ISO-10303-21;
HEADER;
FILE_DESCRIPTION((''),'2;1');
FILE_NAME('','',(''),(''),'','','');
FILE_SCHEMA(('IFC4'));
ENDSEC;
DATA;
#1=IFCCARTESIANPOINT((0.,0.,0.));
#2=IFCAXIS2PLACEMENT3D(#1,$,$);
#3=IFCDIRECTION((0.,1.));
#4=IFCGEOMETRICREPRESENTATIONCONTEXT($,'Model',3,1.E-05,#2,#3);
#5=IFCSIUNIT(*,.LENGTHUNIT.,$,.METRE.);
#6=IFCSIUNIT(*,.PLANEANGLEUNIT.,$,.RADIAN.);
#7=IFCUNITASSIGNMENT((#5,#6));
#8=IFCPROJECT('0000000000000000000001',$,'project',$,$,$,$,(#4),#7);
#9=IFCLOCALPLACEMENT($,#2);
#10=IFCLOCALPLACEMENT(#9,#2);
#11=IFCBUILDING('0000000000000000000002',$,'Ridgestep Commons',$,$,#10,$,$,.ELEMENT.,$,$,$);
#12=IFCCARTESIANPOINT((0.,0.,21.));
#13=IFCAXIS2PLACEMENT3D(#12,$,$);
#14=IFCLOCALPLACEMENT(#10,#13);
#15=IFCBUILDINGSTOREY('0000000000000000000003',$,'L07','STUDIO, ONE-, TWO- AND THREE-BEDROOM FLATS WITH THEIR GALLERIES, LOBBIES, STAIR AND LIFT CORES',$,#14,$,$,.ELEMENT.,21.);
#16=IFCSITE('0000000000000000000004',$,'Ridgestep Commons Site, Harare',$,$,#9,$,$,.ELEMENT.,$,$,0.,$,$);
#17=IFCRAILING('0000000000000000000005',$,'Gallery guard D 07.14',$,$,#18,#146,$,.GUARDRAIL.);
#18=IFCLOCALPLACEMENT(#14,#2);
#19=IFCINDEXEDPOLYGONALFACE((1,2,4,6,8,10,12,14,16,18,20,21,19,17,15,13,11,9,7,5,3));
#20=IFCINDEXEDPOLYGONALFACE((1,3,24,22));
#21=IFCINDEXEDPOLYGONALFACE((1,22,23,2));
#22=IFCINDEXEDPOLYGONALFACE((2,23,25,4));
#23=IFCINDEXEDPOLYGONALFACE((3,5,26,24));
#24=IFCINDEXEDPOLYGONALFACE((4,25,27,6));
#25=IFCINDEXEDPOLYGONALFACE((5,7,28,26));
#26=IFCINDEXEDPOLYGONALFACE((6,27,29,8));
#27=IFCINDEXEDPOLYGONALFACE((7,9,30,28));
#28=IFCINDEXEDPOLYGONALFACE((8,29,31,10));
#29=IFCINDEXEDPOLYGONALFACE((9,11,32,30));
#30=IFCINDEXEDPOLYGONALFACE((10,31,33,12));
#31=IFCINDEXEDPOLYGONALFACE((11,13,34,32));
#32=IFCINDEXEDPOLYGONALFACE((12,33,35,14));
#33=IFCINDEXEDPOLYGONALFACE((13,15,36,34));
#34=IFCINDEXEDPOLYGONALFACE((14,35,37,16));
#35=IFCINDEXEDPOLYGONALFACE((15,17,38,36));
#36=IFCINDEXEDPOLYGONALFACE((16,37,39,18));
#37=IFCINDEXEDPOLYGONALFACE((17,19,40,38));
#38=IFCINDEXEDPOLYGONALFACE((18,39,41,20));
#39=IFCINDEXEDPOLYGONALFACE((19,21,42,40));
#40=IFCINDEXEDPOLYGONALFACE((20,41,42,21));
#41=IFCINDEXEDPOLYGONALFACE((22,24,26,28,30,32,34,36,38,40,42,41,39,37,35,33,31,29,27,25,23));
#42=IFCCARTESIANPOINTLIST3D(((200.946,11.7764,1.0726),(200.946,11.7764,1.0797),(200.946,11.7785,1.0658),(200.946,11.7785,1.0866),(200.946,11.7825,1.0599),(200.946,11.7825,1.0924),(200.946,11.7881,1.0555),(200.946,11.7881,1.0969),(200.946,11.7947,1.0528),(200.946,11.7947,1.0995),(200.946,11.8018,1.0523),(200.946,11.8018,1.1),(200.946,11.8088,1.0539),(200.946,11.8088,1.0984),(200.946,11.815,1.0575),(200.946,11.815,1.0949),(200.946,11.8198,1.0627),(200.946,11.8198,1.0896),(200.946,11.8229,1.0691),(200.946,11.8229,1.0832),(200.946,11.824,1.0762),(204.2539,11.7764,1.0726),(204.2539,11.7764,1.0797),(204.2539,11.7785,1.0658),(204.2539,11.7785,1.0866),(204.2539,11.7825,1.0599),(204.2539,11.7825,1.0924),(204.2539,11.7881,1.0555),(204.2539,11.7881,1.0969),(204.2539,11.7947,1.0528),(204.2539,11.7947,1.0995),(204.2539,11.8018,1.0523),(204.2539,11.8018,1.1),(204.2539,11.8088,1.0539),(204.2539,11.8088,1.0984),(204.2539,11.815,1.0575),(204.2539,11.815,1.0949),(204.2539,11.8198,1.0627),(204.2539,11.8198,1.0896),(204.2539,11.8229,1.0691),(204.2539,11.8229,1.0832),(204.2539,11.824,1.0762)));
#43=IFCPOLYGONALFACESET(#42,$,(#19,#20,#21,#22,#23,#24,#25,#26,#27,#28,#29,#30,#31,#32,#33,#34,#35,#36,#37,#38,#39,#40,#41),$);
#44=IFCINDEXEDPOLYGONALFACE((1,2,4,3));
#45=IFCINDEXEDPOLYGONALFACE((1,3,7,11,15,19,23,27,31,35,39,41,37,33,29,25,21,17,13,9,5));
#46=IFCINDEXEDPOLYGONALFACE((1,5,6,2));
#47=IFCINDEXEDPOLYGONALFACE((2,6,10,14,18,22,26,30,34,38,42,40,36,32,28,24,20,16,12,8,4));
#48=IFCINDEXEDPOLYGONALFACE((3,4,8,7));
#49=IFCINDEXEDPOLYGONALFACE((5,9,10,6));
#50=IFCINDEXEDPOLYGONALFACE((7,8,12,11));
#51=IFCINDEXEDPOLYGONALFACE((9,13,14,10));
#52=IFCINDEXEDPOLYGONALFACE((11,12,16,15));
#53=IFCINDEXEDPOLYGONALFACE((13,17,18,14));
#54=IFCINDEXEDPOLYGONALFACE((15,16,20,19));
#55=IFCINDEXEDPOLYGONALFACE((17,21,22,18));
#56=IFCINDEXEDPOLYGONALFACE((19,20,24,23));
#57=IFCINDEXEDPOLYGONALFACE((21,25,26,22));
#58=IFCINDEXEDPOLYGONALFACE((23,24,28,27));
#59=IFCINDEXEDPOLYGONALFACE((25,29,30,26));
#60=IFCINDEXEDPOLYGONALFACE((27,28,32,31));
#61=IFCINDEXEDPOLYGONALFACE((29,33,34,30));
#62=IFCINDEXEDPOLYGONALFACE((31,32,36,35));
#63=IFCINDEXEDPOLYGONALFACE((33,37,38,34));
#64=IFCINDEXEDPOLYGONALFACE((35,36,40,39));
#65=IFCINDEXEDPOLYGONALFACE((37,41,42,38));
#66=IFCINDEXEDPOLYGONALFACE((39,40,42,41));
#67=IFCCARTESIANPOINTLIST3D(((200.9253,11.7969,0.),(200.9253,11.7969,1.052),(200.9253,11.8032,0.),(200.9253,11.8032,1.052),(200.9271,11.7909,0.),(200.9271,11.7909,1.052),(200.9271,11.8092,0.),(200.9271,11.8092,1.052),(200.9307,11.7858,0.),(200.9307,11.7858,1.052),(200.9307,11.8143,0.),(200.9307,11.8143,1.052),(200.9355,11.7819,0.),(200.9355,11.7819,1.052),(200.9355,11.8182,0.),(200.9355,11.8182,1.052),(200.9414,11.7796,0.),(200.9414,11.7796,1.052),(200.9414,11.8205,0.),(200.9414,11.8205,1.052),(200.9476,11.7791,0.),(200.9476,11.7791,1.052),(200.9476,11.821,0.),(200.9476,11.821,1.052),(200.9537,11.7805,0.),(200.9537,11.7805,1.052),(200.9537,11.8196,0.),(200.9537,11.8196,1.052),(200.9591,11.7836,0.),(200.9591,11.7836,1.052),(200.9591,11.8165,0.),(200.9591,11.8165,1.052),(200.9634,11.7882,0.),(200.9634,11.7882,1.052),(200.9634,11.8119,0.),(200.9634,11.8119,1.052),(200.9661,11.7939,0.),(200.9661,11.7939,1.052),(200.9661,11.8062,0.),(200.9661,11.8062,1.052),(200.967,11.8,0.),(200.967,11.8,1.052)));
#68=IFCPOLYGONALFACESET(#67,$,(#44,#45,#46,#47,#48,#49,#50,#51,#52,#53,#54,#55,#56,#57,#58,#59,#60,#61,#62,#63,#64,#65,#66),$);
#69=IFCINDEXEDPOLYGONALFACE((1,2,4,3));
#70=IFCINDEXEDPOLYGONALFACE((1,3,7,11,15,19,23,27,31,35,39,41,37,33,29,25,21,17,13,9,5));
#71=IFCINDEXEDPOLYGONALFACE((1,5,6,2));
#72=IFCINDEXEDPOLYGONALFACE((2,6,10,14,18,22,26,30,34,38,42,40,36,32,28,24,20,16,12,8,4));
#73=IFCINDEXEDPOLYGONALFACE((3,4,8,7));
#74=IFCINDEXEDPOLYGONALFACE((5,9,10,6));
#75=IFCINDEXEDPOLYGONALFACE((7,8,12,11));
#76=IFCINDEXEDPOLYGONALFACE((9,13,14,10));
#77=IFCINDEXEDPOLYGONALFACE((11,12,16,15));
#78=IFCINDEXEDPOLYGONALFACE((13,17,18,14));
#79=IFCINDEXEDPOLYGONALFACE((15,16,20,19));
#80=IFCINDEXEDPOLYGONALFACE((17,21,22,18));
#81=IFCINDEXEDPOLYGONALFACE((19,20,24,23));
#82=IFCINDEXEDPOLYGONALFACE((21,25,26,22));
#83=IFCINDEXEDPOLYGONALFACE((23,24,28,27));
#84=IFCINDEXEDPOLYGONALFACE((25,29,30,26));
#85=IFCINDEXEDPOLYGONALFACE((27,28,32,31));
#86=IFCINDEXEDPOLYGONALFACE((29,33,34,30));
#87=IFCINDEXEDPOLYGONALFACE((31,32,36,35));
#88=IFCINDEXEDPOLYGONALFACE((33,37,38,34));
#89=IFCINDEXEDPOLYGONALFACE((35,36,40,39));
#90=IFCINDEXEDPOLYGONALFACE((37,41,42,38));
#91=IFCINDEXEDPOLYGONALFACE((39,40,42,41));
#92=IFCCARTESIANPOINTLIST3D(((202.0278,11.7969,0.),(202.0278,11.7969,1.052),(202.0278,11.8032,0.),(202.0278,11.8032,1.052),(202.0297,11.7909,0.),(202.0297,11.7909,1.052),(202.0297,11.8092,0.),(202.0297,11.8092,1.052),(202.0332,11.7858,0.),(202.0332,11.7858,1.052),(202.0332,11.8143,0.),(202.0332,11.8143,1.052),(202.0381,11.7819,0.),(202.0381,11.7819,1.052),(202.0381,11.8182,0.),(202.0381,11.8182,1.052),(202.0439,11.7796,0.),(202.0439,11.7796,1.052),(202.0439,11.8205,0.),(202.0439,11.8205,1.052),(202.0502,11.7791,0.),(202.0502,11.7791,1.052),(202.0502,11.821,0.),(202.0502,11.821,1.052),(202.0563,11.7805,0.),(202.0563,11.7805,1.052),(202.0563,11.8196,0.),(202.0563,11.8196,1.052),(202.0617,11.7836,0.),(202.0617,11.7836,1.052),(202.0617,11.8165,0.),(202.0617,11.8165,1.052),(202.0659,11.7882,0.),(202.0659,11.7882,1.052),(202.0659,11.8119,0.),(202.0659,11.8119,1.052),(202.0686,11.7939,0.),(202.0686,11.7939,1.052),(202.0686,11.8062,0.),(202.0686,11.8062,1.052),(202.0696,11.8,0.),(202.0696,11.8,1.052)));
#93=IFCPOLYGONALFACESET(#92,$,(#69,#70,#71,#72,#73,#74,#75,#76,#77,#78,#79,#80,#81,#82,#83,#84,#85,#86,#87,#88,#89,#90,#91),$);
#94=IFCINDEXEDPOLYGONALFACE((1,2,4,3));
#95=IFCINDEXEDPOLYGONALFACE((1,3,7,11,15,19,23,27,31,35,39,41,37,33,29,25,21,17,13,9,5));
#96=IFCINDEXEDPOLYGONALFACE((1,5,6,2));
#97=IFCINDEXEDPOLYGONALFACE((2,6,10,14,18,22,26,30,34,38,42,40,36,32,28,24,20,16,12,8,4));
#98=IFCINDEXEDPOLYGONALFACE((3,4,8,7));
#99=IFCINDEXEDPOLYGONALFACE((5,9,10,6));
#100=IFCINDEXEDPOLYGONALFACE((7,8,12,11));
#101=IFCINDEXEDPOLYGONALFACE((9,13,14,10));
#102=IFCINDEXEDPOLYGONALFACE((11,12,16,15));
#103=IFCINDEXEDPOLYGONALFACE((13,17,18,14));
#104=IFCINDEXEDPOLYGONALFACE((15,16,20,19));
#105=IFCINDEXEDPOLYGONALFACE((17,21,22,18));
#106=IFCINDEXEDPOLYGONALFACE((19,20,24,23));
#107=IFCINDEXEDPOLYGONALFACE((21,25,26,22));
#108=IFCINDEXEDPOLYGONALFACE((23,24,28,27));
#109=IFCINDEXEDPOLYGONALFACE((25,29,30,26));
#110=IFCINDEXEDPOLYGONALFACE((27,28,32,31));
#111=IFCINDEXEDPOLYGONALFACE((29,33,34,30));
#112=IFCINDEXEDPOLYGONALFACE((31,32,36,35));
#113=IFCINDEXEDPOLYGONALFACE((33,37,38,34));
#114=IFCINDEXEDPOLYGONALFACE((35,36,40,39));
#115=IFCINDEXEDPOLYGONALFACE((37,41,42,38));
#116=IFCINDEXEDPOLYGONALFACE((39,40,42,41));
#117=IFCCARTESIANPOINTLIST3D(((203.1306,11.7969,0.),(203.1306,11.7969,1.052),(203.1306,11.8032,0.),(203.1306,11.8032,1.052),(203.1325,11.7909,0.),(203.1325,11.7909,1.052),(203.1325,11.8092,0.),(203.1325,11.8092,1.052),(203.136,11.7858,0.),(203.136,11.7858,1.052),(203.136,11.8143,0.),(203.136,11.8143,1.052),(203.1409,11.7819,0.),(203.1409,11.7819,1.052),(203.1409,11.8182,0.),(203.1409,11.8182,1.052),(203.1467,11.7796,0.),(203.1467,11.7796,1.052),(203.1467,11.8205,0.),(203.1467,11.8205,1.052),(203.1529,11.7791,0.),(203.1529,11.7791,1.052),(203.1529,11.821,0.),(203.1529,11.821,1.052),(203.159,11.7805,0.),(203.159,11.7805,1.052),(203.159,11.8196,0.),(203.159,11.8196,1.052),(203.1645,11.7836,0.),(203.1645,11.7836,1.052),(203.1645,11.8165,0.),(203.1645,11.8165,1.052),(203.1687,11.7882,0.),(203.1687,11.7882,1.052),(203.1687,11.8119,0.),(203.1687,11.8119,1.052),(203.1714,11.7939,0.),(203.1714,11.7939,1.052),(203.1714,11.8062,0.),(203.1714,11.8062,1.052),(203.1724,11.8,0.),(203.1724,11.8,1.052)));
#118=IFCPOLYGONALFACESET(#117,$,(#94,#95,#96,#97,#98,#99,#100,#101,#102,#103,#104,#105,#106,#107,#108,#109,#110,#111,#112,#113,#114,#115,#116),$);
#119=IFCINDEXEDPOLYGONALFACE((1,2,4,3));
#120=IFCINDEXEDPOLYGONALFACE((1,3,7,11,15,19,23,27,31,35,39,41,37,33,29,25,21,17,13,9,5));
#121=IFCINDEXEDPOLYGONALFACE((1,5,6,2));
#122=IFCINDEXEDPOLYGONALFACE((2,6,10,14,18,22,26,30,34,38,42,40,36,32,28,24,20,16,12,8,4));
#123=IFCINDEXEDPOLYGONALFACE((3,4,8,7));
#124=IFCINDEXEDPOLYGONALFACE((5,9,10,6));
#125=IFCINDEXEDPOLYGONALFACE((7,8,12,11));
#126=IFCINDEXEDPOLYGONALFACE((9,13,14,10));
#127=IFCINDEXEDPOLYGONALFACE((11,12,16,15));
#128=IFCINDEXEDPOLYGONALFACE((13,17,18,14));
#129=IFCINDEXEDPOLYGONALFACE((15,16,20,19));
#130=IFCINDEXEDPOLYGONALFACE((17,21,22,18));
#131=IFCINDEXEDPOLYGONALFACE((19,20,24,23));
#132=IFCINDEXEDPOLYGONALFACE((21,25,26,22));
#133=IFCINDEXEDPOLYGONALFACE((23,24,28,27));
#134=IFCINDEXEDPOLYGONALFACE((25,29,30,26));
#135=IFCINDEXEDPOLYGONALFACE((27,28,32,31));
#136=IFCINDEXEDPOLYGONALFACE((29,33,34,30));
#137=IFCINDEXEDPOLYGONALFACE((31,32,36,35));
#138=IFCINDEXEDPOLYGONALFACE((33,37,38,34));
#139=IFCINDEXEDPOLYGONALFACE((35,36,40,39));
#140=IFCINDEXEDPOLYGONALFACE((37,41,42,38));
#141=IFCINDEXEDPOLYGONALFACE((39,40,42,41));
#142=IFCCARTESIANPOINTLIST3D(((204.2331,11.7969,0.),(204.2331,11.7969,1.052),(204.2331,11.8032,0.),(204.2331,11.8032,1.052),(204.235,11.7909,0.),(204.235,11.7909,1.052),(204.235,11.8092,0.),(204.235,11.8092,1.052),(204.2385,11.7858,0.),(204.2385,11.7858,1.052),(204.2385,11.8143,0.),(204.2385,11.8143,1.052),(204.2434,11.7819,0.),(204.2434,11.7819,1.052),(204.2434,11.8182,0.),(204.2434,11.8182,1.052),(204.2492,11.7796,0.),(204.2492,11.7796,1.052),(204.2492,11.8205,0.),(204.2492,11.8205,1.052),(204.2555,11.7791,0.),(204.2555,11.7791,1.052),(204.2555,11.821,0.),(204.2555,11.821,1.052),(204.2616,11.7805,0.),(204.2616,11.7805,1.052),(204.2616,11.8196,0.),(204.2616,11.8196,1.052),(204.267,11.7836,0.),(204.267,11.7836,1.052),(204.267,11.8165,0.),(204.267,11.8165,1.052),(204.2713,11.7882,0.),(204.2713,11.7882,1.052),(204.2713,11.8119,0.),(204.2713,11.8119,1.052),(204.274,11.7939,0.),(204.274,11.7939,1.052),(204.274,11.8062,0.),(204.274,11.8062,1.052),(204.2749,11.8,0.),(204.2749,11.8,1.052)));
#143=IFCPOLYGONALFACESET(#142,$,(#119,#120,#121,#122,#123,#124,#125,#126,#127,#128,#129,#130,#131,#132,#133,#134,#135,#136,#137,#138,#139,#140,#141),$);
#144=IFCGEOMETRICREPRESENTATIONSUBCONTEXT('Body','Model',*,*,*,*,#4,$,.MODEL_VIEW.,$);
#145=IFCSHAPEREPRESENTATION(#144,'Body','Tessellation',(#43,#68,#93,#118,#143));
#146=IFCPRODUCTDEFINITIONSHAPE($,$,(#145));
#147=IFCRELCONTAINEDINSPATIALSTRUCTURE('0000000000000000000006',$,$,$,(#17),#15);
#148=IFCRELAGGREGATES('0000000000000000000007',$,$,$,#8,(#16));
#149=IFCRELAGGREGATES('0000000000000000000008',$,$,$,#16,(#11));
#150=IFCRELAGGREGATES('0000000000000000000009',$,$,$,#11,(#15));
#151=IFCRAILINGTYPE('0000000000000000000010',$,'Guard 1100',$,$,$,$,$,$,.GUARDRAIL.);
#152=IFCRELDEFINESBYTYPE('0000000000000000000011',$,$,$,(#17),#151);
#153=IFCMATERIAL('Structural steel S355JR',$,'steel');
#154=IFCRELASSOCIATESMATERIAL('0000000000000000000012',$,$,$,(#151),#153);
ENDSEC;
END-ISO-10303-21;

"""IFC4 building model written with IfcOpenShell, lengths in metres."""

from ifc_helpers import new_model, si_unit, direction, frame, origin, origin_2d, place, context, subcontext, project, spatial, circle, extrude, material, type_object, element, save


model = new_model("IFC4")

# Units and contexts
model_context = context("Model", 3, precision=1e-05, world=origin(), true_north=direction((0.0, 1.0)))
body_context = subcontext(model_context, "Body", "Model", "MODEL_VIEW")
ifc_project = project(units=[si_unit("LENGTHUNIT", "METRE"), si_unit("PLANEANGLEUNIT", "RADIAN")], contexts=[model_context])

# Site, building, storey
site_placement = place(None, origin())
site = spatial("IfcSite", under=ifc_project, at=site_placement, Name="Ridgestep Commons Site, Harare", CompositionType="ELEMENT", RefElevation=0.0)
building_placement = place(site_placement, origin())
building = spatial("IfcBuilding", under=site, at=building_placement, Name="Ridgestep Commons", CompositionType="ELEMENT")
storey_placement = place(building_placement, frame((0.0, 0.0, 21.0)))
storey = spatial("IfcBuildingStorey", under=building, at=storey_placement, Name="L07", Description="STUDIO, ONE-, TWO- AND THREE-BEDROOM FLATS WITH THEIR GALLERIES, LOBBIES, STAIR AND LIFT CORES", CompositionType="ELEMENT", Elevation=21.0)

# Railing
ifc_material_1 = material(Name="Structural steel S355JR", Category="steel")
railing_type = type_object("IfcRailingType", Name="Guard 1100", PredefinedType="GUARDRAIL", material=ifc_material_1)
railing_1_placement = place(storey_placement, frame((200.946, 11.8, 0.0)))
element("IfcRailing", 1, at=railing_1_placement, inside=storey, type_object=railing_type, Name="Gallery guard D 07.14", PredefinedType="GUARDRAIL", context=body_context, shape_type="SweptSolid", body=[
    extrude(circle(Radius=0.0239, at=origin_2d()), frame((0.0, 0.0, 1.0762), z_axis=(1.0, 0.0, 0.0), x_axis=(0.0, 1.0, 0.0)), (0.0, 0.0, 1.0), 3.3079),
    extrude(circle(Radius=0.021, at=origin_2d()), origin(), (0.0, 0.0, 1.0), 1.052),
    extrude(circle(Radius=0.021, at=origin_2d()), frame((1.1025, 0.0, 0.0)), (0.0, 0.0, 1.0), 1.052),
    extrude(circle(Radius=0.021, at=origin_2d()), frame((2.2053, 0.0, 0.0)), (0.0, 0.0, 1.0), 1.052),
    extrude(circle(Radius=0.021, at=origin_2d()), frame((3.3079, 0.0, 0.0)), (0.0, 0.0, 1.0), 1.052),
])

save(model, "model.ifc")
